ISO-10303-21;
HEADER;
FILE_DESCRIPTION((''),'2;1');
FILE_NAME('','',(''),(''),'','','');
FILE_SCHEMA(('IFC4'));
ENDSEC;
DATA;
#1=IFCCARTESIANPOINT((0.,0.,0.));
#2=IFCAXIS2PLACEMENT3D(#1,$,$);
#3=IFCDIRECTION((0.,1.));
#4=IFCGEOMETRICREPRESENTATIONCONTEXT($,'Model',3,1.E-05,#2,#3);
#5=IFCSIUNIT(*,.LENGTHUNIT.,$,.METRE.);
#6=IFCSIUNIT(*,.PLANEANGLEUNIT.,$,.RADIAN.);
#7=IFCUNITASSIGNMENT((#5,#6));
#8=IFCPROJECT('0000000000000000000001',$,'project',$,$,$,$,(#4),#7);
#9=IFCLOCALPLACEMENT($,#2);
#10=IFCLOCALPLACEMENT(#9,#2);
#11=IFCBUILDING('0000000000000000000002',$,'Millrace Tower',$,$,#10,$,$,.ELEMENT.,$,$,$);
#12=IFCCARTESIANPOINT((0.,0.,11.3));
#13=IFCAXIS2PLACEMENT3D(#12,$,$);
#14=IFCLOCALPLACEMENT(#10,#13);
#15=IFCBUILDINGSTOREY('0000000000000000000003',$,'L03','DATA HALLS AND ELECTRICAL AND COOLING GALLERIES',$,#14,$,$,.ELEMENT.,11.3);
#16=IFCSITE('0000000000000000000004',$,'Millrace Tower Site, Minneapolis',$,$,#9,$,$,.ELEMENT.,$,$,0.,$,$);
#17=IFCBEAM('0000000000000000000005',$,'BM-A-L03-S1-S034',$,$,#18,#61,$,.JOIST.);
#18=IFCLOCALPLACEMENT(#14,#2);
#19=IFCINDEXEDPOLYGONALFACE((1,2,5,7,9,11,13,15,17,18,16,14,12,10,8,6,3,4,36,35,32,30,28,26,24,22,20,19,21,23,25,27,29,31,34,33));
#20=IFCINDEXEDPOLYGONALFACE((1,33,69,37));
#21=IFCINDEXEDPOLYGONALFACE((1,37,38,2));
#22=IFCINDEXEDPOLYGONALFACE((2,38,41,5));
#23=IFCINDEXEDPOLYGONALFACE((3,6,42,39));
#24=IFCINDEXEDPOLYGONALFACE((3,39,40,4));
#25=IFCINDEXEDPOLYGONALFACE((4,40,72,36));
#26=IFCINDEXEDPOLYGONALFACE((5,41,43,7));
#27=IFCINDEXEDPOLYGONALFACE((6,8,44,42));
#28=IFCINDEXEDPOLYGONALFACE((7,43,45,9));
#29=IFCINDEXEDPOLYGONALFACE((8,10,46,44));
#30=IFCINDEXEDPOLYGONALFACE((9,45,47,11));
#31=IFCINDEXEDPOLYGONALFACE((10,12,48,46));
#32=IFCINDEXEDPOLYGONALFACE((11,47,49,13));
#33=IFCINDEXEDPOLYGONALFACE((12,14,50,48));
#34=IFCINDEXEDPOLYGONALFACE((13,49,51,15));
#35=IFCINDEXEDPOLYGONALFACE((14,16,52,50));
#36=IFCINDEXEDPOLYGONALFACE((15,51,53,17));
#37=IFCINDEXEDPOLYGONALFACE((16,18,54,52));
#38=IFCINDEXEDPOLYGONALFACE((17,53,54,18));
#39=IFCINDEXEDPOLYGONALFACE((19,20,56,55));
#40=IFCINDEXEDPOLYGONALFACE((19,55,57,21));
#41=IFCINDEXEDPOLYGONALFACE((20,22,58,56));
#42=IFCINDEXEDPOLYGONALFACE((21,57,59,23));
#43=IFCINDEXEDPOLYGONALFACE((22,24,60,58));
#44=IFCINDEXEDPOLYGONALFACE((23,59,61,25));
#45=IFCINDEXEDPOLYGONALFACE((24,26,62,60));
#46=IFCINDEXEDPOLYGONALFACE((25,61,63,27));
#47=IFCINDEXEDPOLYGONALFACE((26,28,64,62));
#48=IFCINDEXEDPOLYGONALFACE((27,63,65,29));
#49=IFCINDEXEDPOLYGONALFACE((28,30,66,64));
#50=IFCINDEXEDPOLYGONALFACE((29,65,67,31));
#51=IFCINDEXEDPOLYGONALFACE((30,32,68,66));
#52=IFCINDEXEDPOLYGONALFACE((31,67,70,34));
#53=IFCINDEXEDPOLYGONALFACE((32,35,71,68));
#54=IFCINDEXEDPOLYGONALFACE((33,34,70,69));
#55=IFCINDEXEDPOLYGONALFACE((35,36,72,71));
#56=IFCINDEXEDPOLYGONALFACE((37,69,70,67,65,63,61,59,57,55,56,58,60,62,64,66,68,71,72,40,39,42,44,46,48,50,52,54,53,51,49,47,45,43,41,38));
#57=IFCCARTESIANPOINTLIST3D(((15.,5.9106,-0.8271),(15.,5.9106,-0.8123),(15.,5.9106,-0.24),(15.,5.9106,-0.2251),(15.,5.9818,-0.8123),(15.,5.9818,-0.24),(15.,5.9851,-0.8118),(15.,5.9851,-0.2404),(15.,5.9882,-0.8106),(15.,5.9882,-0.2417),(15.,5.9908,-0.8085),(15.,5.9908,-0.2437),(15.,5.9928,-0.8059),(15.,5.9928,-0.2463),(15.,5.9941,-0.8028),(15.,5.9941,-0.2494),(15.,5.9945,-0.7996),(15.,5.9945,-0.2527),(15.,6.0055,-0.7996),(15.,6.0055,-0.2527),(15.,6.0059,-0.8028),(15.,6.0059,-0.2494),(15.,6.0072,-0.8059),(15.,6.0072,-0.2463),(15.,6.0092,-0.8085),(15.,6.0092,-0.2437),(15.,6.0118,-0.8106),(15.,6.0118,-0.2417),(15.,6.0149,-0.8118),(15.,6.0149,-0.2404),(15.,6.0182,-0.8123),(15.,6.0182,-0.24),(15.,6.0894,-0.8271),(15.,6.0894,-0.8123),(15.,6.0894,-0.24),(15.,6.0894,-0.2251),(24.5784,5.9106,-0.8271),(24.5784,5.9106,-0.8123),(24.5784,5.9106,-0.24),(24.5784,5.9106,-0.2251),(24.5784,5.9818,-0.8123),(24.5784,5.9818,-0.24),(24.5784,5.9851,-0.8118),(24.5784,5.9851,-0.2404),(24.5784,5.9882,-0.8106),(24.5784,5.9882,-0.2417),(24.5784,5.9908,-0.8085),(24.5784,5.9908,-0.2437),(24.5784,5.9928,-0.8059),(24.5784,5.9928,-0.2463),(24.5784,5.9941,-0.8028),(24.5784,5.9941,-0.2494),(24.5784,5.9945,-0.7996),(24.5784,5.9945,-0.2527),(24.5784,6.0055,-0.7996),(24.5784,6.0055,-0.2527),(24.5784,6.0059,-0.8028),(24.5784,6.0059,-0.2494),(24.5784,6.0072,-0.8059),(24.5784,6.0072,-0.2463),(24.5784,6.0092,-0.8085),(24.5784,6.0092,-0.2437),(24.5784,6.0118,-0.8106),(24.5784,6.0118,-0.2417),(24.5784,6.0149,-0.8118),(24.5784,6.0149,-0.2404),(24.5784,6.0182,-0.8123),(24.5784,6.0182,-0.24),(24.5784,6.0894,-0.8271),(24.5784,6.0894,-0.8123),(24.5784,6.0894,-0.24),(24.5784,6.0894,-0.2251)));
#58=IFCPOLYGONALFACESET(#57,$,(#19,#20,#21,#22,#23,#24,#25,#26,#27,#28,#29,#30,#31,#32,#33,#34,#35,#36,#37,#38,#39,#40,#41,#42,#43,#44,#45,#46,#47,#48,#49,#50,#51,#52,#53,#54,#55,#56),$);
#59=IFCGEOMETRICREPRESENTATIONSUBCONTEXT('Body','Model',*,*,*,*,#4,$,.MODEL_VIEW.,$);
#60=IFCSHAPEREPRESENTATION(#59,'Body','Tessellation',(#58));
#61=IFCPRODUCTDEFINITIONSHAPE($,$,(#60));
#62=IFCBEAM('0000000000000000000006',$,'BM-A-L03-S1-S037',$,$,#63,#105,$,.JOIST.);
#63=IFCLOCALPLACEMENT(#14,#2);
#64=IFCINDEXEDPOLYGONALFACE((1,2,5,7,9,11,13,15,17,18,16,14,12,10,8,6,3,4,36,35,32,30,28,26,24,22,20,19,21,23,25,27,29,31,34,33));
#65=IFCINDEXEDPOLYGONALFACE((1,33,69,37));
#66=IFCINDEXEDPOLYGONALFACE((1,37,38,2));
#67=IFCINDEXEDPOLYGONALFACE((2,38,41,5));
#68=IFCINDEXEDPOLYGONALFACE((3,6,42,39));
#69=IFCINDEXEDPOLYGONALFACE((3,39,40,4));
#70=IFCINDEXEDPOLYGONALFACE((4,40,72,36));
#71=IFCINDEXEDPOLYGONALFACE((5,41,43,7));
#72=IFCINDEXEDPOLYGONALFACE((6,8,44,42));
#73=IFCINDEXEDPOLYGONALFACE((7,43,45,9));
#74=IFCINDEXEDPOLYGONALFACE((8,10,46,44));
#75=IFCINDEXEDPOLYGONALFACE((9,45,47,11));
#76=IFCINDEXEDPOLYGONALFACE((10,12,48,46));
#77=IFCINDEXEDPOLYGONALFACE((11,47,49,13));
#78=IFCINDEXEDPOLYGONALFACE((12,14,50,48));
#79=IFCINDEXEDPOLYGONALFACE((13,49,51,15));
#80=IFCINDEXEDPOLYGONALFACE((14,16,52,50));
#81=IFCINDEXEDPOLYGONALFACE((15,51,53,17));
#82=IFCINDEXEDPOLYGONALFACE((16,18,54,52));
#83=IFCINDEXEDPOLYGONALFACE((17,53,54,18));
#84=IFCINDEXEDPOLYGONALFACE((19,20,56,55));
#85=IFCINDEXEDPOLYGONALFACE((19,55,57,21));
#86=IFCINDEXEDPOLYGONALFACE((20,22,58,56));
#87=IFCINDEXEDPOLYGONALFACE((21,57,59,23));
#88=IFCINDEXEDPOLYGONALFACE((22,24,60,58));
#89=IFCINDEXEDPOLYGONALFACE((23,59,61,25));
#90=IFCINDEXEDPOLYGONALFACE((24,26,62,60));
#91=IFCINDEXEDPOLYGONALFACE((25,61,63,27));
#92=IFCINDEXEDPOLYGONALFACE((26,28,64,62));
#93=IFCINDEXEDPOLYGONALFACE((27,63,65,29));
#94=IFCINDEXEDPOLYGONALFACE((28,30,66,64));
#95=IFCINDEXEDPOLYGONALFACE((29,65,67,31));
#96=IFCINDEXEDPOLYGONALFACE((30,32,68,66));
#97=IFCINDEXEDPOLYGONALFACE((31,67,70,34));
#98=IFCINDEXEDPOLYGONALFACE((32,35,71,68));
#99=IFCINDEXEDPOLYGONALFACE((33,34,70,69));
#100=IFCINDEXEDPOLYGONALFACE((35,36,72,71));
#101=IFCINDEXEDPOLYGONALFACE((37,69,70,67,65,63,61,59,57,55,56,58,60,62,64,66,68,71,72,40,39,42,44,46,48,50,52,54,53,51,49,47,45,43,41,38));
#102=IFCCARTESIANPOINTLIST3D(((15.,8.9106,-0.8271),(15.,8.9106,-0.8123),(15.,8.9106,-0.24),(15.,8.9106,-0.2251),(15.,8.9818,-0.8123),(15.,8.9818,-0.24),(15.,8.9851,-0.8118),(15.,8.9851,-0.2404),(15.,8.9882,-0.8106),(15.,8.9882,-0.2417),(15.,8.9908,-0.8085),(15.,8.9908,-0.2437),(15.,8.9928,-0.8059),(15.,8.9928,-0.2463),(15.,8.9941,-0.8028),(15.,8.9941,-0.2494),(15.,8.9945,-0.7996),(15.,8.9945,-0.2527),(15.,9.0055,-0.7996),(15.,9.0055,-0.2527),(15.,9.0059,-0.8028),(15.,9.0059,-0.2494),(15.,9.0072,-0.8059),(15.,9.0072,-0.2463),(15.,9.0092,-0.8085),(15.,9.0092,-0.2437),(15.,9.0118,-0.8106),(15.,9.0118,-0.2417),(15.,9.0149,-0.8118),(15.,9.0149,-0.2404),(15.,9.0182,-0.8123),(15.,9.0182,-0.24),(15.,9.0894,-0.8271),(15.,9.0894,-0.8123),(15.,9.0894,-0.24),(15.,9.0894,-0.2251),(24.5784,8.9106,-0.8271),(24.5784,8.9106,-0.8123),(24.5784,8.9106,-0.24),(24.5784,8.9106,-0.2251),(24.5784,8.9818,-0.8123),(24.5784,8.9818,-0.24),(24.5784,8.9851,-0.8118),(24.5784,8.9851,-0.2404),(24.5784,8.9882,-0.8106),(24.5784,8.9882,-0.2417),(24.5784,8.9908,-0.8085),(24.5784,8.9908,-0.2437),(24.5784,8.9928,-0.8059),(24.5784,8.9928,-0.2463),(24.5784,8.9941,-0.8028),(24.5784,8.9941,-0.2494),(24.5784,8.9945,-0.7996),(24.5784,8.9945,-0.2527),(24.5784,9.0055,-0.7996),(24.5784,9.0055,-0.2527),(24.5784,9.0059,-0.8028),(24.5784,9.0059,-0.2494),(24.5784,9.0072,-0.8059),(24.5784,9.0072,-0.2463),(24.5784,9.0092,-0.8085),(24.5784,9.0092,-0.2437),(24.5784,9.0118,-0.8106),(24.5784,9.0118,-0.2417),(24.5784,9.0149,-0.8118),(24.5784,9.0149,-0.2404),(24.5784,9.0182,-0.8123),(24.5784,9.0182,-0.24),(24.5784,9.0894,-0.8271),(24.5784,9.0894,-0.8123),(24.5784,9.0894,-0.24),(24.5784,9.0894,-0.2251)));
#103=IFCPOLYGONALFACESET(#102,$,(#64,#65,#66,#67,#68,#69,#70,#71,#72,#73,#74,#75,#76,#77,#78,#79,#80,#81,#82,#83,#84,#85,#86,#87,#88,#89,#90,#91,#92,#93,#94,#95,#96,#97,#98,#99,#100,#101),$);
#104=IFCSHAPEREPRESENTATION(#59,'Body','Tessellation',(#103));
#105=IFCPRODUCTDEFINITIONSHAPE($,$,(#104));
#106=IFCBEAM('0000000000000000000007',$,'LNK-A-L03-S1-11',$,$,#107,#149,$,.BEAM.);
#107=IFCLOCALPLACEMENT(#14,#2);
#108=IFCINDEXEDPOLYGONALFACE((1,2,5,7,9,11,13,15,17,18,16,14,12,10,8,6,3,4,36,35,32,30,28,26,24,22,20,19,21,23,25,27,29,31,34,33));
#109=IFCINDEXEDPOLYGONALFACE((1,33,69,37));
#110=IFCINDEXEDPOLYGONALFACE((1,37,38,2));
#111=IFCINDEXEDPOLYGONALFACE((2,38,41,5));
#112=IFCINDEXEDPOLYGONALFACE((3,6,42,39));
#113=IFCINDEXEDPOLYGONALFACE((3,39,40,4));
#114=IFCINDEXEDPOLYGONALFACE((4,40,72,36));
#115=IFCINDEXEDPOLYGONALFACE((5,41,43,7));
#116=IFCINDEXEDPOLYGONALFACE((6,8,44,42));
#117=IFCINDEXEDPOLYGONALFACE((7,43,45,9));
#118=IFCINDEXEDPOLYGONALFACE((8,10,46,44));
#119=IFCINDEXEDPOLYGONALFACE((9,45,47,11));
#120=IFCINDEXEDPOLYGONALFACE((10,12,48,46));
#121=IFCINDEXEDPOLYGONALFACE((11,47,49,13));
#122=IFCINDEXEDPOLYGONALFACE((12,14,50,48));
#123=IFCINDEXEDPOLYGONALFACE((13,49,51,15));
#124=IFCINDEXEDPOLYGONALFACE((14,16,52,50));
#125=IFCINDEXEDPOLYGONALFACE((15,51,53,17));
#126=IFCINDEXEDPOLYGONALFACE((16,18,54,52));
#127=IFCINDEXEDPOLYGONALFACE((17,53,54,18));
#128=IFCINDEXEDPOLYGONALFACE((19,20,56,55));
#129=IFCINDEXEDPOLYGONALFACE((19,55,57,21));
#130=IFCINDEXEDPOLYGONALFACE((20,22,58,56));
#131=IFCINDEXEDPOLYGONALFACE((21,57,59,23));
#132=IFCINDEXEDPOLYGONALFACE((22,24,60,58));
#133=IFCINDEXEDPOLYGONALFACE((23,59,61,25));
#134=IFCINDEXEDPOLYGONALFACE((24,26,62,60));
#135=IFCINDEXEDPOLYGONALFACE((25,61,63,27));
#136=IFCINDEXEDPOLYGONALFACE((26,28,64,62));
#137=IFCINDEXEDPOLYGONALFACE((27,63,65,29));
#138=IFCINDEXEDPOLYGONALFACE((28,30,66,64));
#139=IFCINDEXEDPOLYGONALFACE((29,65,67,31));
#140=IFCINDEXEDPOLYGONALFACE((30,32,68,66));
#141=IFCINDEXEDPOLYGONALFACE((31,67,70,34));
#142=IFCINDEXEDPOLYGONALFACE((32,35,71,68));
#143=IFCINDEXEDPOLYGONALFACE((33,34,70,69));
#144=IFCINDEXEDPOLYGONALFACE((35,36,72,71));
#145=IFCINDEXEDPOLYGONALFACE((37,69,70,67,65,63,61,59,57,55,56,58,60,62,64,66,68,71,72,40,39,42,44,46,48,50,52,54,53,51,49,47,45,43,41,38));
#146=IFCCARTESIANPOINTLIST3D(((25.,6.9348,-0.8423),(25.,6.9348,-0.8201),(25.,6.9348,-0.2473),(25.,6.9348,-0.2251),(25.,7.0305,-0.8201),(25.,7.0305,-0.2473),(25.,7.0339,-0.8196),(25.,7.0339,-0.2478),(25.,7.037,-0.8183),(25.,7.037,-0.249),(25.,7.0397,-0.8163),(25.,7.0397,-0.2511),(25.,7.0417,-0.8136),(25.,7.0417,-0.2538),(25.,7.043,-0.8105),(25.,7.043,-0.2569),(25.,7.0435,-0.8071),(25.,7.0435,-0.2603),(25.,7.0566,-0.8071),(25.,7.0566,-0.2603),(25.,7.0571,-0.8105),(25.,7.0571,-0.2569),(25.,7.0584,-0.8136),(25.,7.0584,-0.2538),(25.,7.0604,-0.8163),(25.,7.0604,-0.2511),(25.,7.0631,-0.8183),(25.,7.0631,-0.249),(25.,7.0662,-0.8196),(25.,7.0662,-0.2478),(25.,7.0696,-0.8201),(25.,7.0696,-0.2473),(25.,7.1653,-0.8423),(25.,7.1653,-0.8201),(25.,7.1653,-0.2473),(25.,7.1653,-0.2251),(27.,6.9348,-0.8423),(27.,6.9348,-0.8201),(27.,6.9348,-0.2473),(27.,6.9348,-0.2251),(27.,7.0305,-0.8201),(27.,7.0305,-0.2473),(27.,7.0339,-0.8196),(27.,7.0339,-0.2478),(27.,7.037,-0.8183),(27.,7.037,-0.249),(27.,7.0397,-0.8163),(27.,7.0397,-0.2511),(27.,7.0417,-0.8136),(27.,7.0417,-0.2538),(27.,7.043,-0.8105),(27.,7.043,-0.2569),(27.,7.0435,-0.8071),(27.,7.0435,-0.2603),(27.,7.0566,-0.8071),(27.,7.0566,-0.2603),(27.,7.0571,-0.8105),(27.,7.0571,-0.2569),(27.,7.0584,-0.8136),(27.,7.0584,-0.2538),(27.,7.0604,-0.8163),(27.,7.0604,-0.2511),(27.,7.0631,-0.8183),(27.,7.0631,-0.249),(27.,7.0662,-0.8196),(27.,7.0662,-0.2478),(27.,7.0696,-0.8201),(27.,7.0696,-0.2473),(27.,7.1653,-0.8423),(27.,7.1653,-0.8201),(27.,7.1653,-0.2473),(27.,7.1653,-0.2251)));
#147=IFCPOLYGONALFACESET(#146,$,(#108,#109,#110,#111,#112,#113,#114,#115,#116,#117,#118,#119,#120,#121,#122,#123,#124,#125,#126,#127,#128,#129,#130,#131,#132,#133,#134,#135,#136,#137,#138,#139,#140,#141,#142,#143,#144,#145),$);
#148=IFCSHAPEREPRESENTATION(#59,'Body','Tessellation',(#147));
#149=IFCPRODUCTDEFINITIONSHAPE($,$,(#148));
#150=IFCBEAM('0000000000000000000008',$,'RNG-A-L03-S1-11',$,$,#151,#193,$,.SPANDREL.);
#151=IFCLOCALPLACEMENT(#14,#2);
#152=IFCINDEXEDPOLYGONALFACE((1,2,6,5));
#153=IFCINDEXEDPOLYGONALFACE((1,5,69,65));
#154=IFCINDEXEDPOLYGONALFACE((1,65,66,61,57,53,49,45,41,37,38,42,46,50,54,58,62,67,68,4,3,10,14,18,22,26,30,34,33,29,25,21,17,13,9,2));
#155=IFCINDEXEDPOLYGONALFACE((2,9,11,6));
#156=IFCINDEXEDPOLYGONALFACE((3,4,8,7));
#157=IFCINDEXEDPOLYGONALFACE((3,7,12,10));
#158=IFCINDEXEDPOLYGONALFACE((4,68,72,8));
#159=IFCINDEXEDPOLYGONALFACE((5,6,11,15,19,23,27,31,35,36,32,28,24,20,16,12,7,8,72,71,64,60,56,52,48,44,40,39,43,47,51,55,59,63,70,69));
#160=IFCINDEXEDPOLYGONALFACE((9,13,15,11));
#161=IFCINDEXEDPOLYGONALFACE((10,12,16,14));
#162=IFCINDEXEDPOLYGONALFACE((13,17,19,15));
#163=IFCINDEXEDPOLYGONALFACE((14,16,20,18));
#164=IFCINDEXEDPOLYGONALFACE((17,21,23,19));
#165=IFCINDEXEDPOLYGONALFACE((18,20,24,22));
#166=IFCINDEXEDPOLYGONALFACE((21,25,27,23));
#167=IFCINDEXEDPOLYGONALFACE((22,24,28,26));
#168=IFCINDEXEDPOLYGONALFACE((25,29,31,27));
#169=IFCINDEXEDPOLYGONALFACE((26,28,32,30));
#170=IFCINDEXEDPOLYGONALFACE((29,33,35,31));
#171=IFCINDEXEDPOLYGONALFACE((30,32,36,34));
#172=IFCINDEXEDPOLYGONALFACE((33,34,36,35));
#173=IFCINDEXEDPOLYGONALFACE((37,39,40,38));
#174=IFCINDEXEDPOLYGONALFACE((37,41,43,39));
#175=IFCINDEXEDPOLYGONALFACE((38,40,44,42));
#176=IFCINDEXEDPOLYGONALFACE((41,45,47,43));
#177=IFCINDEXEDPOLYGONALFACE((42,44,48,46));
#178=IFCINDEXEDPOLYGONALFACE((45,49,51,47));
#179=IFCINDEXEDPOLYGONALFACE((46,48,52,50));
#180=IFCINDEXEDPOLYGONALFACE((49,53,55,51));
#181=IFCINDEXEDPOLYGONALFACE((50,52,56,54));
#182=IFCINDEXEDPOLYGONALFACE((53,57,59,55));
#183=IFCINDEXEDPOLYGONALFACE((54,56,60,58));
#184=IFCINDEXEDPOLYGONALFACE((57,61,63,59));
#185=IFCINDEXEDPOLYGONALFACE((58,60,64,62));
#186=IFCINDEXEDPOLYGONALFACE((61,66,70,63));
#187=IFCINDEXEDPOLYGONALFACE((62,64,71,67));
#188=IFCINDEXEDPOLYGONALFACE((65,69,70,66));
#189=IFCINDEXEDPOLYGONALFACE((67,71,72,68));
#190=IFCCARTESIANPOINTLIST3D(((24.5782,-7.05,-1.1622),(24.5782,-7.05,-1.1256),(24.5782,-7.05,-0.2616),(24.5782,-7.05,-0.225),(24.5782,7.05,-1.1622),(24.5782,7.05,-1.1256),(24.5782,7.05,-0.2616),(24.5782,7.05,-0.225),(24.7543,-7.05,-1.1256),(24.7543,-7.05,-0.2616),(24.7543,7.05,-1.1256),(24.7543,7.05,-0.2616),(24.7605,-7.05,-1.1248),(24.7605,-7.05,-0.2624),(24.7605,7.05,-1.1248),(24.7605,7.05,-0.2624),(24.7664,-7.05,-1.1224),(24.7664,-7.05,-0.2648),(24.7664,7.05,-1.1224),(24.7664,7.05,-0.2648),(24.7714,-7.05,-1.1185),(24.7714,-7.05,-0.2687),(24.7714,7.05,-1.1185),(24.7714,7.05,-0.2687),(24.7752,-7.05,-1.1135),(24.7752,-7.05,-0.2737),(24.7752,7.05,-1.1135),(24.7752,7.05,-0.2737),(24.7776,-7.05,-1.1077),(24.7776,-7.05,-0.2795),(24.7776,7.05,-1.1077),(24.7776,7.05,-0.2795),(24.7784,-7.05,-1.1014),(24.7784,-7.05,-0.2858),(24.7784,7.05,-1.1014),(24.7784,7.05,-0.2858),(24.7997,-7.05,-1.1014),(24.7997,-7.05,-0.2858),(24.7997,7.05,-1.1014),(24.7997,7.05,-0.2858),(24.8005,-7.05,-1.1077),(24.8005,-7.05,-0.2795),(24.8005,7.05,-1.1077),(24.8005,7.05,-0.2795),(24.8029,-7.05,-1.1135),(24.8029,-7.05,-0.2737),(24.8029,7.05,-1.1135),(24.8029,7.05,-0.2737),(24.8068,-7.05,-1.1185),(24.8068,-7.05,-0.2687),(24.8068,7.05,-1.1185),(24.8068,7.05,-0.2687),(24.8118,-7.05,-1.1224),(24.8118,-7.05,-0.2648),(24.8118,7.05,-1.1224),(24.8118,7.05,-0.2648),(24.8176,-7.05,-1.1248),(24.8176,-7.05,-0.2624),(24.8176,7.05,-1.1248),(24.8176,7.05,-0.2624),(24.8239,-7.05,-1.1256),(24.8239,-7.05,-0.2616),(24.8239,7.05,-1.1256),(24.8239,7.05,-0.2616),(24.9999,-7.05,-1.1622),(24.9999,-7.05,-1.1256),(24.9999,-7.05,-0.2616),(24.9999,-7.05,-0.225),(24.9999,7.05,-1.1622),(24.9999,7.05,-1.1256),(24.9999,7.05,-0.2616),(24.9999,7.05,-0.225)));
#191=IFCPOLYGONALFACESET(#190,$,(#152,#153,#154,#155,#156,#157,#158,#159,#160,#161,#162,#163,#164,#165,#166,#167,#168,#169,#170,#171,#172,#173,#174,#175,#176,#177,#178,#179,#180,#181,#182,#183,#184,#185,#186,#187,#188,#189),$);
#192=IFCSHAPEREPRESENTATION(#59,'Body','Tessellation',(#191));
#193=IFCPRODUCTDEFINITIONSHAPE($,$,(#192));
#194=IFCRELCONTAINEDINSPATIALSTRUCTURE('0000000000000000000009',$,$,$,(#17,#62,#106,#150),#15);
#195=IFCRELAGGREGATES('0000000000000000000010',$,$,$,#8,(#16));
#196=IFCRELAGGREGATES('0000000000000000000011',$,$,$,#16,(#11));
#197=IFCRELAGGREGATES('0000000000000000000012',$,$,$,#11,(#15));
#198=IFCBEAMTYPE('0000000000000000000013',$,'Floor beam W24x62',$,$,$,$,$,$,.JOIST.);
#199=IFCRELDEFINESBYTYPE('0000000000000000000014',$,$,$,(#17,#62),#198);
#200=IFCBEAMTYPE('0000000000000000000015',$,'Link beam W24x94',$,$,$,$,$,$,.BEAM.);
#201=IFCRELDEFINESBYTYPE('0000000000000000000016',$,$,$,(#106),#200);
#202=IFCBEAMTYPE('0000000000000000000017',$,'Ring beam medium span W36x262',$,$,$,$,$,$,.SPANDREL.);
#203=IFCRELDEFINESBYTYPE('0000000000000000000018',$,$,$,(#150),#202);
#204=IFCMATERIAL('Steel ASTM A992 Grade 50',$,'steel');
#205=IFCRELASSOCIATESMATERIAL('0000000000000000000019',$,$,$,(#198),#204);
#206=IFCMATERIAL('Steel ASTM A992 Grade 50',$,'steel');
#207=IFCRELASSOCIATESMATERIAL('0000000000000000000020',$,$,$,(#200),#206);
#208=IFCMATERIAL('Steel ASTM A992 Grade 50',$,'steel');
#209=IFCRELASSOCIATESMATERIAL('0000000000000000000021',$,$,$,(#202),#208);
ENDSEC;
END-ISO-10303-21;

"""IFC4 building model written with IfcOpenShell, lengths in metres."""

from ifc_helpers import new_model, si_unit, direction, frame, origin, origin_2d, place, context, subcontext, project, spatial, i_section, extrude, material, material_profile, profile_set, type_object, element, save


model = new_model("IFC4")

# Units and contexts
model_context = context("Model", 3, precision=1e-05, world=origin(), true_north=direction((0.0, 1.0)))
body_context = subcontext(model_context, "Body", "Model", "MODEL_VIEW")
ifc_project = project(units=[si_unit("LENGTHUNIT", "METRE"), si_unit("PLANEANGLEUNIT", "RADIAN")], contexts=[model_context])

# Site, building, storey
site_placement = place(None, origin())
site = spatial("IfcSite", under=ifc_project, at=site_placement, Name="Millrace Tower Site, Minneapolis", CompositionType="ELEMENT", RefElevation=0.0)
building_placement = place(site_placement, origin())
building = spatial("IfcBuilding", under=site, at=building_placement, Name="Millrace Tower", CompositionType="ELEMENT")
storey_placement = place(building_placement, frame((0.0, 0.0, 11.3)))
storey = spatial("IfcBuildingStorey", under=building, at=storey_placement, Name="L03", Description="DATA HALLS AND ELECTRICAL AND COOLING GALLERIES", CompositionType="ELEMENT", Elevation=11.3)

# Beams
ifc_material_1 = material(Name="Steel ASTM A992 Grade 50", Category="steel")
ifc_material_profile_1 = material_profile(ifc_material_1, i_section(OverallWidth=0.1787, OverallDepth=0.6021, WebThickness=0.011, FlangeThickness=0.0149, FilletRadius=0.0127, at=origin_2d()))
ifc_profile_set_1 = profile_set([ifc_material_profile_1], Name="Steel ASTM A992 Grade 50")
beam_type_1 = type_object("IfcBeamType", Name="Floor beam W24x62", PredefinedType="JOIST", material=ifc_profile_set_1)
for number, where, z_axis, x_axis, name in (
    (1, (15.0, 6.0, -0.5261), (1.0, 0.0, 0.0), (0.0, 1.0, 0.0), "BM-A-L03-S1-S034"),
    (2, (15.0, 9.0, -0.5261), (1.0, 0.0, 0.0), (0.0, 1.0, 0.0), "BM-A-L03-S1-S037"),
):
    element("IfcBeam", number, at=place(storey_placement, frame(where, z_axis=z_axis, x_axis=x_axis)), inside=storey, type_object=beam_type_1, Name=name, PredefinedType="JOIST", context=body_context, shape_type="SweptSolid", body=[
        extrude(i_section(OverallWidth=0.1787, OverallDepth=0.6021, WebThickness=0.011, FlangeThickness=0.0149, FilletRadius=0.0127, at=origin_2d()), origin(), (0.0, 0.0, 1.0), 9.5784),
    ])
ifc_material_2 = material(Name="Steel ASTM A992 Grade 50", Category="steel")
ifc_material_profile_2 = material_profile(ifc_material_2, i_section(OverallWidth=0.2305, OverallDepth=0.6172, WebThickness=0.0132, FlangeThickness=0.0222, FilletRadius=0.0129, at=origin_2d()))
ifc_profile_set_2 = profile_set([ifc_material_profile_2], Name="Steel ASTM A992 Grade 50")
beam_type_2 = type_object("IfcBeamType", Name="Link beam W24x94", PredefinedType="BEAM", material=ifc_profile_set_2)
beam_1_placement = place(storey_placement, frame((25.0, 7.05, -0.5337), z_axis=(1.0, 0.0, 0.0), x_axis=(0.0, 1.0, 0.0)))
element("IfcBeam", 3, at=beam_1_placement, inside=storey, type_object=beam_type_2, Name="LNK-A-L03-S1-11", PredefinedType="BEAM", context=body_context, shape_type="SweptSolid", body=[
    extrude(i_section(OverallWidth=0.2305, OverallDepth=0.6172, WebThickness=0.0132, FlangeThickness=0.0222, FilletRadius=0.0129, at=origin_2d()), origin(), (0.0, 0.0, 1.0), 2.0),
])
ifc_material_3 = material(Name="Steel ASTM A992 Grade 50", Category="steel")
ifc_material_profile_3 = material_profile(ifc_material_3, i_section(OverallWidth=0.4216, OverallDepth=0.9373, WebThickness=0.0212, FlangeThickness=0.0366, FilletRadius=0.0242, at=origin_2d()))
ifc_profile_set_3 = profile_set([ifc_material_profile_3], Name="Steel ASTM A992 Grade 50")
beam_type_3 = type_object("IfcBeamType", Name="Ring beam medium span W36x262", PredefinedType="SPANDREL", material=ifc_profile_set_3)
beam_2_placement = place(storey_placement, frame((24.7891, 7.05, -0.6936), z_axis=(0.0, -1.0, 0.0), x_axis=(1.0, 0.0, 0.0)))
element("IfcBeam", 4, at=beam_2_placement, inside=storey, type_object=beam_type_3, Name="RNG-A-L03-S1-11", PredefinedType="SPANDREL", context=body_context, shape_type="SweptSolid", body=[
    extrude(i_section(OverallWidth=0.4216, OverallDepth=0.9373, WebThickness=0.0212, FlangeThickness=0.0366, FilletRadius=0.0242, at=origin_2d()), origin(), (0.0, 0.0, 1.0), 14.1001),
])

save(model, "model.ifc")
